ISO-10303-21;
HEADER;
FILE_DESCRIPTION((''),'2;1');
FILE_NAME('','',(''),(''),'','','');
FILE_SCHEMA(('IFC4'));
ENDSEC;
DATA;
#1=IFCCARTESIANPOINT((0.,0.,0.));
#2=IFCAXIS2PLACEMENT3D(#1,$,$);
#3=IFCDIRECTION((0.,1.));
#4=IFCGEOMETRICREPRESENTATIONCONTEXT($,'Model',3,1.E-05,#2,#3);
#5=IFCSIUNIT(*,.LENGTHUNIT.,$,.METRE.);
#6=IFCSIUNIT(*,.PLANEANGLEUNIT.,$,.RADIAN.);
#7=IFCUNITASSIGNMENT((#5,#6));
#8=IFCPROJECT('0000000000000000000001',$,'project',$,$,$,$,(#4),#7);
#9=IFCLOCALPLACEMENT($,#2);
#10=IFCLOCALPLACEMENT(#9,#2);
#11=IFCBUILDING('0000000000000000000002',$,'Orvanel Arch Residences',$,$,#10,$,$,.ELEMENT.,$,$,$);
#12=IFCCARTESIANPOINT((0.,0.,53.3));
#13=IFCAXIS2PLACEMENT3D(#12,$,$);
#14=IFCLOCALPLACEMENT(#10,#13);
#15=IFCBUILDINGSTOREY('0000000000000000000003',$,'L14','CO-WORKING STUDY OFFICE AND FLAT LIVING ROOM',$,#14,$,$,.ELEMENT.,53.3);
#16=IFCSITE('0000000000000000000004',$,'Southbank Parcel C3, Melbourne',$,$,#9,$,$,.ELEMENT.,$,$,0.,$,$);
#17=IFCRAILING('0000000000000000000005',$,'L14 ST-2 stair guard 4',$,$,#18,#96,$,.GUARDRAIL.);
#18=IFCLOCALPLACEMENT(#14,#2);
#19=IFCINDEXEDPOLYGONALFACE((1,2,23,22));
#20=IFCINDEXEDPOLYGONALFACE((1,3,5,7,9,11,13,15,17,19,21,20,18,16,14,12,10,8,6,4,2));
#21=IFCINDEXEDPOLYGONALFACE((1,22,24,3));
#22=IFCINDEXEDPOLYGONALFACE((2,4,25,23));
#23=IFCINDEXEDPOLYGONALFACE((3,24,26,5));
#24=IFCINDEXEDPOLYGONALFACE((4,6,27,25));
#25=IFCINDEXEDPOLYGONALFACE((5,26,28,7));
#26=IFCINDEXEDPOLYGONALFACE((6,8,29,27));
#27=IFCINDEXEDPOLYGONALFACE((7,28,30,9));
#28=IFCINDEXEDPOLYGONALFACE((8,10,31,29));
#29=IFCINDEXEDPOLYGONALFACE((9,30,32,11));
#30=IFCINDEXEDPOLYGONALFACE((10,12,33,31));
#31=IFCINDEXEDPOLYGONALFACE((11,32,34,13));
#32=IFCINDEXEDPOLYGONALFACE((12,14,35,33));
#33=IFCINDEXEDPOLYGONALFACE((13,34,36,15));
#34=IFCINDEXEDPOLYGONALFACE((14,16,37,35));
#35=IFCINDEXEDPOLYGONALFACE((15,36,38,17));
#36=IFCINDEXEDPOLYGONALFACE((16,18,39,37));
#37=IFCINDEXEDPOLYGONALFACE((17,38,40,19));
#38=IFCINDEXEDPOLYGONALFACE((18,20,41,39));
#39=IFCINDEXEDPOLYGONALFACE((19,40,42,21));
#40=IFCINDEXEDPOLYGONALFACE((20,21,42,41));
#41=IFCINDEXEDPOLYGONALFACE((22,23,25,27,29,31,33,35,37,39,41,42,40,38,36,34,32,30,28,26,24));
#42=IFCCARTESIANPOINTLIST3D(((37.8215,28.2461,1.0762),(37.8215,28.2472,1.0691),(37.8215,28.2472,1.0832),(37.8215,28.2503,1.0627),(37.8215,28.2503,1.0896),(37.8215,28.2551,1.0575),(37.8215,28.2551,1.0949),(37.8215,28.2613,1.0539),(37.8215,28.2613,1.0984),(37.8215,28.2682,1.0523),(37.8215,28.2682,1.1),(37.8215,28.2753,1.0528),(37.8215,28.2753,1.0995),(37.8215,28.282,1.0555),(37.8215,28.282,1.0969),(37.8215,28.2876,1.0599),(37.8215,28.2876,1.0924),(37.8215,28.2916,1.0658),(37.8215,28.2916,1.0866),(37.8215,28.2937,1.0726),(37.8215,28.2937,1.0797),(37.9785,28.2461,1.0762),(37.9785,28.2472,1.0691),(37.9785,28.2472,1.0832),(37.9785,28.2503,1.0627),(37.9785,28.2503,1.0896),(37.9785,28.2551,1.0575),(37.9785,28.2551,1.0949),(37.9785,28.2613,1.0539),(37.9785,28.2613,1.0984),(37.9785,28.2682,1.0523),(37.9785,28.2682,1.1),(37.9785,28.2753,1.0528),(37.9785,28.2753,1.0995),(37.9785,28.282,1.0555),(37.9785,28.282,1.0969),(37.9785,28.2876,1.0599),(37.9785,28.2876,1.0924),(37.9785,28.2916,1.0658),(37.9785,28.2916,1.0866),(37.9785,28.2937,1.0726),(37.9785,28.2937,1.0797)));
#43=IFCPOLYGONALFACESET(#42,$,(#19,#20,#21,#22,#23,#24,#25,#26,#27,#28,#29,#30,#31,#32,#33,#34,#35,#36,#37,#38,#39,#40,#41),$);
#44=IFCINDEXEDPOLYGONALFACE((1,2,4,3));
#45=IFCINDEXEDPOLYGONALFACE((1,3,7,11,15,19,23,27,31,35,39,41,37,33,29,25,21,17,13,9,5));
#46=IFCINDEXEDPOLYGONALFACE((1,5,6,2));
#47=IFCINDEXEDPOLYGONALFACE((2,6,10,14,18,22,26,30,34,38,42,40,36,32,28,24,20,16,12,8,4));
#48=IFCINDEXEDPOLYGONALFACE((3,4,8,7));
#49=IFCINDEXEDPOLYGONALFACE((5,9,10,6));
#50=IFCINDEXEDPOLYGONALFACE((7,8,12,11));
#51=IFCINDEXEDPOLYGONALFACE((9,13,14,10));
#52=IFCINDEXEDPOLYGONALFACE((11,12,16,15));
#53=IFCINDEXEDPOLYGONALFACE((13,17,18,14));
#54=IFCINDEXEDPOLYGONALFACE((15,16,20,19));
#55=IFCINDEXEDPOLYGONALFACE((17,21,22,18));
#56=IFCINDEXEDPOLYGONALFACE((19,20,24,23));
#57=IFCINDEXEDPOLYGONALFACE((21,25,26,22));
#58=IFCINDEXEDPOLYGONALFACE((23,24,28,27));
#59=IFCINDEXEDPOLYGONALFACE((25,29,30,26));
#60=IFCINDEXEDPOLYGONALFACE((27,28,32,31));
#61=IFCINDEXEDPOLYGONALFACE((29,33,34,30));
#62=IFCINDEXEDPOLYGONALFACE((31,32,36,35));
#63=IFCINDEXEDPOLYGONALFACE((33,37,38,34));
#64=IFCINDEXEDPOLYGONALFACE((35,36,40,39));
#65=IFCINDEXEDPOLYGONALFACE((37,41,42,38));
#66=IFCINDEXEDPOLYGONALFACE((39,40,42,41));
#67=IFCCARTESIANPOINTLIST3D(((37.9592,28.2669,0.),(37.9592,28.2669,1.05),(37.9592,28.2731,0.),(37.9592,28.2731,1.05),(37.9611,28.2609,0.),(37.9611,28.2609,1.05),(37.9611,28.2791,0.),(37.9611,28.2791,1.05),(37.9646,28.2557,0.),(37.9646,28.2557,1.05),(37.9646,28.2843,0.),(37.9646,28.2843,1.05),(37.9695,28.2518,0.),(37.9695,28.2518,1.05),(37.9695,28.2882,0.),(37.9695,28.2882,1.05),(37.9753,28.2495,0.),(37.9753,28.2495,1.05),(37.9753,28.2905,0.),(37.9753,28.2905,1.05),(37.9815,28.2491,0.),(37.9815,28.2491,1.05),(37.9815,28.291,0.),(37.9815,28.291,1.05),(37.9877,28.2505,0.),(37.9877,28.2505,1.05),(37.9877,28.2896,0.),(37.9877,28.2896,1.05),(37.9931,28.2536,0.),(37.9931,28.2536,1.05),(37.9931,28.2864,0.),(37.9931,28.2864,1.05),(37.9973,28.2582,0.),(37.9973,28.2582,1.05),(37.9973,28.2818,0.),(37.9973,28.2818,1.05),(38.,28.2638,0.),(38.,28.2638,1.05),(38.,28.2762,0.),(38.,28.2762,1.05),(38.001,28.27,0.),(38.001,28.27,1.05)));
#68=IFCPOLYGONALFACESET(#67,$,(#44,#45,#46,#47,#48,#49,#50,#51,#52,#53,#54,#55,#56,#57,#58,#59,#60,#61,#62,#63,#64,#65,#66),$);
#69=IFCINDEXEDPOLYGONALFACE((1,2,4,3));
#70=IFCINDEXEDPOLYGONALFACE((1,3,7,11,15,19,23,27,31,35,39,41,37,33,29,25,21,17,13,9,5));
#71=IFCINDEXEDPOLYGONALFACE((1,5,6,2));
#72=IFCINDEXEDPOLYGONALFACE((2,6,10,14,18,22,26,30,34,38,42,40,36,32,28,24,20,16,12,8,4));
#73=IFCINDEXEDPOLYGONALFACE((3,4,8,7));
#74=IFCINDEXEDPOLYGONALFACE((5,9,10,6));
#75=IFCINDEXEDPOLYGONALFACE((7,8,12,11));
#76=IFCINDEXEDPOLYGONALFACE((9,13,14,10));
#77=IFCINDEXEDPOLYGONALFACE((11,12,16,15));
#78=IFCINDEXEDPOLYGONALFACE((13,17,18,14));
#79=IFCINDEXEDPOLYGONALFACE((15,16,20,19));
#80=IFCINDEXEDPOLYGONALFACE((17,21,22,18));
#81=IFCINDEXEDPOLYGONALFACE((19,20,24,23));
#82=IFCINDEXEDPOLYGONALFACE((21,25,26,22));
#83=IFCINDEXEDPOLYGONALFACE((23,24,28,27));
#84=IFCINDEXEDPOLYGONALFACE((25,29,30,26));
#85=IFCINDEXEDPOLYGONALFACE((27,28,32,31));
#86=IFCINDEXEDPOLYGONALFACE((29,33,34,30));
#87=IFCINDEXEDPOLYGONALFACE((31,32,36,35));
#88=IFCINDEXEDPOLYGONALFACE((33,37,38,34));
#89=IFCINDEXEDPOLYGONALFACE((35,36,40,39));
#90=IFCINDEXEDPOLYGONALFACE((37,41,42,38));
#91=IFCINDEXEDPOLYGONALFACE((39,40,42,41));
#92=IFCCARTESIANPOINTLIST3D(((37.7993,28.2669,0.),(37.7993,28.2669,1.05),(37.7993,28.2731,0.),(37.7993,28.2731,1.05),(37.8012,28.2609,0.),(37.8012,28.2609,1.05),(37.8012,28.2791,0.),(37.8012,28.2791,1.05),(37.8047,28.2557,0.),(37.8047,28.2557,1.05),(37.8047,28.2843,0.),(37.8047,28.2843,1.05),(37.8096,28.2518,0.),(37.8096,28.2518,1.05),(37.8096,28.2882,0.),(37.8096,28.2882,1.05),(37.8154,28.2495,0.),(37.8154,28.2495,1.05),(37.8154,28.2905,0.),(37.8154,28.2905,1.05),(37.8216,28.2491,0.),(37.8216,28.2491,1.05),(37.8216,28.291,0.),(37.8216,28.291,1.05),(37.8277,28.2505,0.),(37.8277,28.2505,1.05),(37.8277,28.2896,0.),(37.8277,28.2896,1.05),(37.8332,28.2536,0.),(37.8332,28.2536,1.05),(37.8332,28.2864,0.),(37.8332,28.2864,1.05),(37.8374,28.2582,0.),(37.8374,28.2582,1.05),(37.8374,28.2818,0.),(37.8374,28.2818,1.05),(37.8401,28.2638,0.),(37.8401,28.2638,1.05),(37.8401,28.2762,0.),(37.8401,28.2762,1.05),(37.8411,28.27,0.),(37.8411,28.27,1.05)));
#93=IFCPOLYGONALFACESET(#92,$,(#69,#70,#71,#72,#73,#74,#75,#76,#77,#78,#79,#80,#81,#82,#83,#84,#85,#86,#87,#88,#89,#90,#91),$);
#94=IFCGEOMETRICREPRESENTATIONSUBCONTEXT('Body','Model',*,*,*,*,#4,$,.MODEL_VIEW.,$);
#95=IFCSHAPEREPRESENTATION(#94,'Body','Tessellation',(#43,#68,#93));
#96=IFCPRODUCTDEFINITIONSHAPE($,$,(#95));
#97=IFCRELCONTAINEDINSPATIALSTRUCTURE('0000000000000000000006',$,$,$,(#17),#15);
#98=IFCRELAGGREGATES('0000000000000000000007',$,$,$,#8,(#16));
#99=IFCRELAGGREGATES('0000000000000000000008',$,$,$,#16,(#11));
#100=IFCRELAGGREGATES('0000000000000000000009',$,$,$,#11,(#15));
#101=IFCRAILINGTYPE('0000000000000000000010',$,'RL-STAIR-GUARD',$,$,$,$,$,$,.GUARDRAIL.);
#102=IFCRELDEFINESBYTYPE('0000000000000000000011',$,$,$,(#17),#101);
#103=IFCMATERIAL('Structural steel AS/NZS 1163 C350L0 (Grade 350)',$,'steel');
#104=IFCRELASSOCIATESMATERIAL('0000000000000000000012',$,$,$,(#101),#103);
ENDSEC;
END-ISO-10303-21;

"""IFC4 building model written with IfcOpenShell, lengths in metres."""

from ifc_helpers import new_model, si_unit, direction, frame, origin, origin_2d, place, context, subcontext, project, spatial, circle, extrude, material, type_object, element, save


model = new_model("IFC4")

# Units and contexts
model_context = context("Model", 3, precision=1e-05, world=origin(), true_north=direction((0.0, 1.0)))
body_context = subcontext(model_context, "Body", "Model", "MODEL_VIEW")
ifc_project = project(units=[si_unit("LENGTHUNIT", "METRE"), si_unit("PLANEANGLEUNIT", "RADIAN")], contexts=[model_context])

# Site, building, storey
site_placement = place(None, origin())
site = spatial("IfcSite", under=ifc_project, at=site_placement, Name="Southbank Parcel C3, Melbourne", CompositionType="ELEMENT", RefElevation=0.0)
building_placement = place(site_placement, origin())
building = spatial("IfcBuilding", under=site, at=building_placement, Name="Orvanel Arch Residences", CompositionType="ELEMENT")
storey_placement = place(building_placement, frame((0.0, 0.0, 53.3)))
storey = spatial("IfcBuildingStorey", under=building, at=storey_placement, Name="L14", Description="CO-WORKING STUDY OFFICE AND FLAT LIVING ROOM", CompositionType="ELEMENT", Elevation=53.3)

# Railing
ifc_material_1 = material(Name="Structural steel AS/NZS 1163 C350L0 (Grade 350)", Category="steel")
railing_type_1 = type_object("IfcRailingType", Name="RL-STAIR-GUARD", PredefinedType="GUARDRAIL", material=ifc_material_1)
railing_1_placement = place(storey_placement, frame((37.98, 28.27, 0.0)))
element("IfcRailing", 1, at=railing_1_placement, inside=storey, type_object=railing_type_1, Name="L14 ST-2 stair guard 4", PredefinedType="GUARDRAIL", context=body_context, shape_type="SweptSolid", body=[
    extrude(circle(Radius=0.0239, at=origin_2d()), frame((-0.0015, 0.0, 1.0762), z_axis=(-1.0, 0.0, 0.0), x_axis=(0.0, -1.0, 0.0)), (0.0, 0.0, 1.0), 0.157),
    extrude(circle(Radius=0.021, at=origin_2d()), origin(), (0.0, 0.0, 1.0), 1.05),
    extrude(circle(Radius=0.021, at=origin_2d()), frame((-0.1599, 0.0, 0.0)), (0.0, 0.0, 1.0), 1.05),
])

save(model, "model.ifc")
